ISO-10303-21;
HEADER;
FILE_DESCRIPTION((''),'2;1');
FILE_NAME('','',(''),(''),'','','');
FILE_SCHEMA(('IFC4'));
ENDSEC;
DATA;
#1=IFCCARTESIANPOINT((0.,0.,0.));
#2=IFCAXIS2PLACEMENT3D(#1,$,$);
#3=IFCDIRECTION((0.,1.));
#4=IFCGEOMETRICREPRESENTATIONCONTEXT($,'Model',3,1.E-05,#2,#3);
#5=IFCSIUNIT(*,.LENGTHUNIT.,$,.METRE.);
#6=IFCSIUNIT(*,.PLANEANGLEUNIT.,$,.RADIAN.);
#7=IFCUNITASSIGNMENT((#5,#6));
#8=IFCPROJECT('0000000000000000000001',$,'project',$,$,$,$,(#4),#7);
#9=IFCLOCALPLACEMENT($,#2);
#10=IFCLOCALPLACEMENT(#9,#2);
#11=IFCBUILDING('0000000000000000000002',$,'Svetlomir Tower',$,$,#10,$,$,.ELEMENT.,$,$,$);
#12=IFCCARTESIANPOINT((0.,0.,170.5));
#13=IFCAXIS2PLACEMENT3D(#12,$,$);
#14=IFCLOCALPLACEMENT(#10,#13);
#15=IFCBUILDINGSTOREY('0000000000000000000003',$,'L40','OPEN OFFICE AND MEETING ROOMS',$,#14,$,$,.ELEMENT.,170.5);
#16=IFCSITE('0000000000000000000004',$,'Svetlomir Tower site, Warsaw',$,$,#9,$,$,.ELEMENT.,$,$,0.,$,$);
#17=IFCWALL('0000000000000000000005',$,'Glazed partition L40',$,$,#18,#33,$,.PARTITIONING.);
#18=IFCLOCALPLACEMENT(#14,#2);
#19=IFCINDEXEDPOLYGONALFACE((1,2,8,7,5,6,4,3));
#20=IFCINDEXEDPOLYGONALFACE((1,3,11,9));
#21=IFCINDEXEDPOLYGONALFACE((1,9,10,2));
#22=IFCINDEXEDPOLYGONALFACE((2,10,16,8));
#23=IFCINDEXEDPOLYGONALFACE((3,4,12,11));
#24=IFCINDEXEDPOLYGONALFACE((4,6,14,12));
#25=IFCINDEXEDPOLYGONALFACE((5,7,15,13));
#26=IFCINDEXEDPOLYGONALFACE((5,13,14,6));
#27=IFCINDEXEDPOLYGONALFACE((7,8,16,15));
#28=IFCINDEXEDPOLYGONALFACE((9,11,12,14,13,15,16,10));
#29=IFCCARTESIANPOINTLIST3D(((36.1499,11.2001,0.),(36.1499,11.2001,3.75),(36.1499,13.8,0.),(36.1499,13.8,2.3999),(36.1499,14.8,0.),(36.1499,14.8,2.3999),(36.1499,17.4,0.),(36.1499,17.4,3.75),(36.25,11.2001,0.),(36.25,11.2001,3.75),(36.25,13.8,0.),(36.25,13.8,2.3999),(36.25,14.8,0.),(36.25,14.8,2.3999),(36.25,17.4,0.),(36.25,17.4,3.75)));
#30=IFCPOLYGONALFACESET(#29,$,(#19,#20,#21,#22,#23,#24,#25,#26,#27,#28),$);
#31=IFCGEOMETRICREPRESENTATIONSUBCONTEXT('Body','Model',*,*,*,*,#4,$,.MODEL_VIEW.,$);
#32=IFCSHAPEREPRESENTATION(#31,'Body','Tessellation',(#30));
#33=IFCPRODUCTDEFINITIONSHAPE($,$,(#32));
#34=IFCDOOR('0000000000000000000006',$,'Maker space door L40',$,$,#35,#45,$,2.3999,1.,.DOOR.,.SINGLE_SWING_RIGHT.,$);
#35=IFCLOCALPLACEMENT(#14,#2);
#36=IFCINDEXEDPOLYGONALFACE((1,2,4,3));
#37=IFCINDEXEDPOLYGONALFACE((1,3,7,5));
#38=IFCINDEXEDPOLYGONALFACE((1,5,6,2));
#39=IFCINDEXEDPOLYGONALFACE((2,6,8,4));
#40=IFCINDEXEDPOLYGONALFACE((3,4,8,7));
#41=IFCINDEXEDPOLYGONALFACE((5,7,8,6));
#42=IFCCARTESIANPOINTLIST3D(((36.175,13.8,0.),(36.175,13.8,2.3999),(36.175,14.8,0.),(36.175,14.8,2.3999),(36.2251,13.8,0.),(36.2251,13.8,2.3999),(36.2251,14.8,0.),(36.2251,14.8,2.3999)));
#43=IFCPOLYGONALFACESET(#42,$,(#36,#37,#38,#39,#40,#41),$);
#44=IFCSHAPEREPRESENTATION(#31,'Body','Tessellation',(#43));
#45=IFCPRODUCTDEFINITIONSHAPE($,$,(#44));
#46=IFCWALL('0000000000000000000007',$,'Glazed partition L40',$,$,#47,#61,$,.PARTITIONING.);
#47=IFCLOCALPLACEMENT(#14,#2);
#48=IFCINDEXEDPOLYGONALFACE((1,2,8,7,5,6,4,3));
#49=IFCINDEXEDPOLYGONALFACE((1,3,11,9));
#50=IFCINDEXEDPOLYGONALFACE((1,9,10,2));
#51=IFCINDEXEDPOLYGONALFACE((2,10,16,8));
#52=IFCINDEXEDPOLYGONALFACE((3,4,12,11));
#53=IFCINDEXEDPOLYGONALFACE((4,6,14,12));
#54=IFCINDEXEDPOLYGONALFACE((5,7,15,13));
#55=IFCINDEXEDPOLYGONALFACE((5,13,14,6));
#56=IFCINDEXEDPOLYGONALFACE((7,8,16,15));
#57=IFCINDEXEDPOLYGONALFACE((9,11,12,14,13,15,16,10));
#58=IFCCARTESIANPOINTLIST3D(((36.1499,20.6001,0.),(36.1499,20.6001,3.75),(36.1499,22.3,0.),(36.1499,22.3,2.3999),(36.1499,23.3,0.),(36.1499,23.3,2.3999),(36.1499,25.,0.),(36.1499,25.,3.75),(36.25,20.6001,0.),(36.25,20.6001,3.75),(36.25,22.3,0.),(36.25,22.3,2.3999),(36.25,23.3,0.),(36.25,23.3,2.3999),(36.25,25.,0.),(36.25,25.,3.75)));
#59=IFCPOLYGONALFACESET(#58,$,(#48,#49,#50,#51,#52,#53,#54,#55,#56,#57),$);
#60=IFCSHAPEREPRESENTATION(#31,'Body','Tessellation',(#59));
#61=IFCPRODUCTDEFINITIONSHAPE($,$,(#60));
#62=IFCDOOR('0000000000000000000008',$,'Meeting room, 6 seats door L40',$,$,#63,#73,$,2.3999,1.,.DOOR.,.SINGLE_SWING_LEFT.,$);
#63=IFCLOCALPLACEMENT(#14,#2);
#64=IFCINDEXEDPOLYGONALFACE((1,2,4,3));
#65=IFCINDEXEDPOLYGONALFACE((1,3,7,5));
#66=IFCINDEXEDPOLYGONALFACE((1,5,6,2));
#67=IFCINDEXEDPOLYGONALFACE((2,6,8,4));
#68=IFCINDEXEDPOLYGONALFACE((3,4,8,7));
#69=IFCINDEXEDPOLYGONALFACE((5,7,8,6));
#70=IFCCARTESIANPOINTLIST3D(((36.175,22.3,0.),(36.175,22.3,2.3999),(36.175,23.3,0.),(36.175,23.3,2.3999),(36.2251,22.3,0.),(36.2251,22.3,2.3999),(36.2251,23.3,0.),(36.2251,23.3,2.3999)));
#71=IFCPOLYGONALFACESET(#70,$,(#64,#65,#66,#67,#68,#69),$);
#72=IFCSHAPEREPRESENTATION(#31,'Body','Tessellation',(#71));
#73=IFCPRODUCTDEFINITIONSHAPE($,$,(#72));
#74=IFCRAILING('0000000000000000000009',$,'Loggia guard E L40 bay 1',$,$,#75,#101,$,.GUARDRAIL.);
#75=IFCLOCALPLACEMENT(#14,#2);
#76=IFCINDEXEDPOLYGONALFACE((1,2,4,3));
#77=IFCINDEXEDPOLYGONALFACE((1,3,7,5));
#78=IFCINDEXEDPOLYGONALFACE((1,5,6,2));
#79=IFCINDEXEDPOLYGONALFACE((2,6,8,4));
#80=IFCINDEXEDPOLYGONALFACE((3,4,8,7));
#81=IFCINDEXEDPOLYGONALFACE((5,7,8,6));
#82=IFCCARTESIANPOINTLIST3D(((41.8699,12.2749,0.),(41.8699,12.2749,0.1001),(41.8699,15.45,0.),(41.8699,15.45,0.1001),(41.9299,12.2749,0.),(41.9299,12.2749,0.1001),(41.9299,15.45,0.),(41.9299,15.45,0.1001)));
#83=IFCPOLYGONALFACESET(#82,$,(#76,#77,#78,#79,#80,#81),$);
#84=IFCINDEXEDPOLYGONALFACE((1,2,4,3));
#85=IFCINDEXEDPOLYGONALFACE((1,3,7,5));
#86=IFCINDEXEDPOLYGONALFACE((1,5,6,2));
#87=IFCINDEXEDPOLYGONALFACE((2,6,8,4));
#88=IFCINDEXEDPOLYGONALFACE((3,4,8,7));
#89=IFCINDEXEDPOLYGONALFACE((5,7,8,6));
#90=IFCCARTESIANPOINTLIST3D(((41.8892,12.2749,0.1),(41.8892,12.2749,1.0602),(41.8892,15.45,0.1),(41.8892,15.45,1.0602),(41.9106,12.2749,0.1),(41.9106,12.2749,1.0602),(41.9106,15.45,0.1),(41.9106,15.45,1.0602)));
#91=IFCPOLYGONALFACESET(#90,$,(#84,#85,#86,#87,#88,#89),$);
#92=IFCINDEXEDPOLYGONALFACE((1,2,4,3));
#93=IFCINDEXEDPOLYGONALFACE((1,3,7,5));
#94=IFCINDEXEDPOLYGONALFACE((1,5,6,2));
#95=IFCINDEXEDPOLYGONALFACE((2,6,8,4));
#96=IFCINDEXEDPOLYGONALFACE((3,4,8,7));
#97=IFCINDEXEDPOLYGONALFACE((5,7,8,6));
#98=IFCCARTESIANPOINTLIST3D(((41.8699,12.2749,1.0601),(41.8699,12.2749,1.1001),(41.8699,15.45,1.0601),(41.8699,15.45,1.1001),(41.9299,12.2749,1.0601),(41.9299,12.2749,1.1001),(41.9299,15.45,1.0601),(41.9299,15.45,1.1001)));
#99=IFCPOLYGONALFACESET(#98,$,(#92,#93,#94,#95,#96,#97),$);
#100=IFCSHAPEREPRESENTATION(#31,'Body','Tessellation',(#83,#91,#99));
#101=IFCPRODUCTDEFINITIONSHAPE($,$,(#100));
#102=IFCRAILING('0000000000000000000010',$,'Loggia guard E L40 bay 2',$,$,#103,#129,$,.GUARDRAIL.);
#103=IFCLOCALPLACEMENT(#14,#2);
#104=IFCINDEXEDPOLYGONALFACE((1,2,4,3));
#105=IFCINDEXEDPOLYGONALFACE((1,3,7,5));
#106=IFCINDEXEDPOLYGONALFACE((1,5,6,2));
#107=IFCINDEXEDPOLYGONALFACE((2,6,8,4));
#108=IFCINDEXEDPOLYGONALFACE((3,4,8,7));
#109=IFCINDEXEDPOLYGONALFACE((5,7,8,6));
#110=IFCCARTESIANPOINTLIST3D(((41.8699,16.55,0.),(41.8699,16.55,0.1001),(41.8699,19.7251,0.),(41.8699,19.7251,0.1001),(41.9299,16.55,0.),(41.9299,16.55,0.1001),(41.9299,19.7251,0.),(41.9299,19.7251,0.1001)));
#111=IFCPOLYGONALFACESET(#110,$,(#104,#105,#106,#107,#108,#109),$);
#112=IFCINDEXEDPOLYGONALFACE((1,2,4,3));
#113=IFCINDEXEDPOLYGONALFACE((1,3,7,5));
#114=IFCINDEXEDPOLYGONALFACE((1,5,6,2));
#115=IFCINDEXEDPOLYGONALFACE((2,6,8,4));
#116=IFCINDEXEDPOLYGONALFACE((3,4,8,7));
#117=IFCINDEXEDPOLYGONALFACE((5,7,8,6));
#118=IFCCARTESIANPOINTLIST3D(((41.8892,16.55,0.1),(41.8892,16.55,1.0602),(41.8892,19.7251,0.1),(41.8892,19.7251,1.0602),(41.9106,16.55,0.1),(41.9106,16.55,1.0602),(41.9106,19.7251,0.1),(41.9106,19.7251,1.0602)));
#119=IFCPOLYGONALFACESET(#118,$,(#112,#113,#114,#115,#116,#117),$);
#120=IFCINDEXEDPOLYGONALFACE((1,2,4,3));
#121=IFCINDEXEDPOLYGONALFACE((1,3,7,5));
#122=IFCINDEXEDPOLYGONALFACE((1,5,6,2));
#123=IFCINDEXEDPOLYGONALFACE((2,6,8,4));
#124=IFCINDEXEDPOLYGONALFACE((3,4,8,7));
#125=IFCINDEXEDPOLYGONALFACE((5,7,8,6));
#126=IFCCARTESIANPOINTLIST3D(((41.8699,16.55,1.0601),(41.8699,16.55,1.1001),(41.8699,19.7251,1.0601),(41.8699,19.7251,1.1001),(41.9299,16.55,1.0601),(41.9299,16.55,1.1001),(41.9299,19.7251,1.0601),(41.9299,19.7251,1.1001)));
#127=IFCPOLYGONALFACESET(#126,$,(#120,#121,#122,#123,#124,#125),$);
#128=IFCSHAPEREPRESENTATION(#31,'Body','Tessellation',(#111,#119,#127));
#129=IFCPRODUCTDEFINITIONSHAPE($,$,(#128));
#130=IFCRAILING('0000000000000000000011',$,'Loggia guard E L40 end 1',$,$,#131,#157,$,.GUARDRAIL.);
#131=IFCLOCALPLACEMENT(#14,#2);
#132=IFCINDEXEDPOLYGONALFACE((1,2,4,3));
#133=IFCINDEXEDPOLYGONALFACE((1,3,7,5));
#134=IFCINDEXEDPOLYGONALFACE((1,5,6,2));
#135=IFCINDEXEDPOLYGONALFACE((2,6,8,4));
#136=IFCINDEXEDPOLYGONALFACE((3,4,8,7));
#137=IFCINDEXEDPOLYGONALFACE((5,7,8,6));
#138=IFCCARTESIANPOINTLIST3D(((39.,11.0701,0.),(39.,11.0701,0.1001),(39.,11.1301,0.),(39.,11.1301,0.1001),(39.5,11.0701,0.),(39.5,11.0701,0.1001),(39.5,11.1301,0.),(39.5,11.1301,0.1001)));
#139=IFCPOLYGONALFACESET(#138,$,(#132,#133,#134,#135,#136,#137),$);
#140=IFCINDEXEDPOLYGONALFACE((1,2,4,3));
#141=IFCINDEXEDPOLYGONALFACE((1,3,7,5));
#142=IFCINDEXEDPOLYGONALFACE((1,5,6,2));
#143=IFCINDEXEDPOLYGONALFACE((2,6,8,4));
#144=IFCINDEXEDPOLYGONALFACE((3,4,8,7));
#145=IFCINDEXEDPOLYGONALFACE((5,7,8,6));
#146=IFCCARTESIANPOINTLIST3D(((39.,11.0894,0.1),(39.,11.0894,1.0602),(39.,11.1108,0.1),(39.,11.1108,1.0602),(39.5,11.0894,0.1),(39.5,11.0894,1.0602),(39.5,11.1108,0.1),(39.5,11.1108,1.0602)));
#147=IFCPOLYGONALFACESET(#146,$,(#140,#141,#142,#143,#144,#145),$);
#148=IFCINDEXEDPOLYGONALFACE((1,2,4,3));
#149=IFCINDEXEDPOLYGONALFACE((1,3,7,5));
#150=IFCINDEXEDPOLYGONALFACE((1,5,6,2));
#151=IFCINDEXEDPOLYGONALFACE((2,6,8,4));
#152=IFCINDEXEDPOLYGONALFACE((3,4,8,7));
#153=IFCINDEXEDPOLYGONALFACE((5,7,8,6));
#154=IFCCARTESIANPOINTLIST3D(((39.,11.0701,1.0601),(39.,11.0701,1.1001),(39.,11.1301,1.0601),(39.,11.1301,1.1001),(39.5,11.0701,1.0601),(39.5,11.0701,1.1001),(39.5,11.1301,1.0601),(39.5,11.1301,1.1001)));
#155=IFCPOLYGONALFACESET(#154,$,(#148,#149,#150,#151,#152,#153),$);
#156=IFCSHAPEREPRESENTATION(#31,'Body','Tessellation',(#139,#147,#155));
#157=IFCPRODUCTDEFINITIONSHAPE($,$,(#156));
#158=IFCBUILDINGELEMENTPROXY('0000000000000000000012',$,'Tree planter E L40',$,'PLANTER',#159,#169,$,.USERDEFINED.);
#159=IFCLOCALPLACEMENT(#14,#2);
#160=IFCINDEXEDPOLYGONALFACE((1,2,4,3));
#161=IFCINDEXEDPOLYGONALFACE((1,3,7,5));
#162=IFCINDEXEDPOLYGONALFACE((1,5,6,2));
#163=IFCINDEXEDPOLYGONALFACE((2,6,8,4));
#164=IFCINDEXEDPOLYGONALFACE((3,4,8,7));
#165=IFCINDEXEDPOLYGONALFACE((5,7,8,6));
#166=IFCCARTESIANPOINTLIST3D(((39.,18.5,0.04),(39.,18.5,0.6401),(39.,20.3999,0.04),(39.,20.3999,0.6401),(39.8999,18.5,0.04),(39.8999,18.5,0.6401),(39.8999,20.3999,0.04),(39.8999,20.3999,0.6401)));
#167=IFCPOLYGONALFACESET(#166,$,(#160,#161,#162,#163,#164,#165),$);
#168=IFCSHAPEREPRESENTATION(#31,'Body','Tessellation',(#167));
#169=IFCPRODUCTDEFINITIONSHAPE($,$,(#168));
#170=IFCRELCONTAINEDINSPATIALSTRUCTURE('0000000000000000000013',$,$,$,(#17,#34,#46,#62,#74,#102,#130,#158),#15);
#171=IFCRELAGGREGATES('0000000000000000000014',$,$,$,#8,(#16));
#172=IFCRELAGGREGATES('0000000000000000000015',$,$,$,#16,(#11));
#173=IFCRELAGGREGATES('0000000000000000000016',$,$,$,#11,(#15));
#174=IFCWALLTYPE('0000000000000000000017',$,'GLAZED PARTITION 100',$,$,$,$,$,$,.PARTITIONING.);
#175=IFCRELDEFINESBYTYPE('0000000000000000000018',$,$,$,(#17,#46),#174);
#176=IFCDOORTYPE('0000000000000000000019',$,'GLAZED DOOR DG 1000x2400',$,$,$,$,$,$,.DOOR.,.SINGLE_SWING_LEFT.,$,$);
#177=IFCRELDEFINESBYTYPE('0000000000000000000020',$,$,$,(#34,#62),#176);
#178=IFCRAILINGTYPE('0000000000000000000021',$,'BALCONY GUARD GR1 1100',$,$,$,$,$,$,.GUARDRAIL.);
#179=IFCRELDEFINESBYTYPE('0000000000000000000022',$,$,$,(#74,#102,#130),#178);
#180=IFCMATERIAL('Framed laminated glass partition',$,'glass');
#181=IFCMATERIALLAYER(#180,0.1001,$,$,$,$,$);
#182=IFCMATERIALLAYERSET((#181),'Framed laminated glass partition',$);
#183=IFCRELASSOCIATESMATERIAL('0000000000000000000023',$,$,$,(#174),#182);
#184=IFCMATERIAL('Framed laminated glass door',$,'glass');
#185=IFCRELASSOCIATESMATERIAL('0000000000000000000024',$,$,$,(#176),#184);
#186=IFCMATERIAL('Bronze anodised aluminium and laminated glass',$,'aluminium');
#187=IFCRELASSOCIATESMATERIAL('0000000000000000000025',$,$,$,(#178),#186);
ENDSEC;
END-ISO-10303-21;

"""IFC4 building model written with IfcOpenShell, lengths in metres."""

from ifc_helpers import new_model, si_unit, direction, frame, frame_2d, origin, origin_2d, place, context, subcontext, project, spatial, rectangle, extrude, material, layer, layer_set, type_object, element, fill, save


model = new_model("IFC4")

# Units and contexts
model_context = context("Model", 3, precision=1e-05, world=origin(), true_north=direction((0.0, 1.0)))
body_context = subcontext(model_context, "Body", "Model", "MODEL_VIEW")
ifc_project = project(units=[si_unit("LENGTHUNIT", "METRE"), si_unit("PLANEANGLEUNIT", "RADIAN")], contexts=[model_context])

# Site, building, storey
site_placement = place(None, origin())
site = spatial("IfcSite", under=ifc_project, at=site_placement, Name="Svetlomir Tower site, Warsaw", CompositionType="ELEMENT", RefElevation=0.0)
building_placement = place(site_placement, origin())
building = spatial("IfcBuilding", under=site, at=building_placement, Name="Svetlomir Tower", CompositionType="ELEMENT")
storey_placement = place(building_placement, frame((0.0, 0.0, 170.5)))
storey = spatial("IfcBuildingStorey", under=building, at=storey_placement, Name="L40", Description="OPEN OFFICE AND MEETING ROOMS", CompositionType="ELEMENT", Elevation=170.5)

# Shared definitions
ifc_material_1 = material(Name="Framed laminated glass partition", Category="glass")
ifc_layer_1 = layer(ifc_material_1, 0.1001)
ifc_layer_set_1 = layer_set([ifc_layer_1], Name="Framed laminated glass partition")
wall_type_1 = type_object("IfcWallType", Name="GLAZED PARTITION 100", PredefinedType="PARTITIONING", material=ifc_layer_set_1)

# Walls, openings, doors
wall_1_placement = place(storey_placement, frame((36.2, 11.2, 0.0), z_axis=(0.0, 0.0, 1.0), x_axis=(0.0, 1.0, 0.0)))
wall_1 = element("IfcWall", 1, at=wall_1_placement, inside=storey, type_object=wall_type_1, Name="Glazed partition L40", PredefinedType="PARTITIONING", context=body_context, shape_type="SweptSolid", body=[
    extrude(rectangle(XDim=6.2, YDim=0.1001, at=frame_2d((3.1001, 0.0))), origin(), (0.0, 0.0, 1.0), 3.75),
])
opening_1_placement = place(wall_1_placement, frame((2.6001, 0.0, 0.0)))
opening_1 = element("IfcOpeningElement", 2, at=opening_1_placement, cuts=wall_1, PredefinedType="OPENING", context=body_context, shape_type="SweptSolid", body=[
    extrude(rectangle(XDim=1.0, YDim=2.3999, at=frame_2d((0.5, 1.2))), frame((0.0, 0.0601, 0.0), z_axis=(0.0, -1.0, 0.0), x_axis=(1.0, 0.0, 0.0)), (0.0, 0.0, 1.0), 0.1201),
])
ifc_material_2 = material(Name="Framed laminated glass door", Category="glass")
door_type_1 = type_object("IfcDoorType", Name="GLAZED DOOR DG 1000x2400", OperationType="SINGLE_SWING_LEFT", PredefinedType="DOOR", material=ifc_material_2)
door_1_placement = place(opening_1_placement, origin())
door_1 = element("IfcDoor", 3, at=door_1_placement, inside=storey, type_object=door_type_1, Name="Maker space door L40", OperationType="SINGLE_SWING_RIGHT", OverallHeight=2.3999, OverallWidth=1.0, PredefinedType="DOOR", context=body_context, shape_type="SweptSolid", body=[
    extrude(rectangle(XDim=1.0, YDim=2.3999, at=frame_2d((0.5, 1.2))), frame((0.0, 0.0249, 0.0), z_axis=(0.0, -1.0, 0.0), x_axis=(1.0, 0.0, 0.0)), (0.0, 0.0, 1.0), 0.05),
])
fill(opening_1, door_1)
wall_2_placement = place(storey_placement, frame((36.2, 20.6001, 0.0), z_axis=(0.0, 0.0, 1.0), x_axis=(0.0, 1.0, 0.0)))
wall_2 = element("IfcWall", 4, at=wall_2_placement, inside=storey, type_object=wall_type_1, Name="Glazed partition L40", PredefinedType="PARTITIONING", context=body_context, shape_type="SweptSolid", body=[
    extrude(rectangle(XDim=4.3999, YDim=0.1001, at=frame_2d((2.2, 0.0))), origin(), (0.0, 0.0, 1.0), 3.75),
])
opening_2_placement = place(wall_2_placement, frame((1.7, 0.0, 0.0)))
opening_2 = element("IfcOpeningElement", 5, at=opening_2_placement, cuts=wall_2, PredefinedType="OPENING", context=body_context, shape_type="SweptSolid", body=[
    extrude(rectangle(XDim=1.0, YDim=2.3999, at=frame_2d((0.5, 1.2))), frame((0.0, 0.0601, 0.0), z_axis=(0.0, -1.0, 0.0), x_axis=(1.0, 0.0, 0.0)), (0.0, 0.0, 1.0), 0.1201),
])
door_2_placement = place(opening_2_placement, origin())
door_2 = element("IfcDoor", 6, at=door_2_placement, inside=storey, type_object=door_type_1, Name="Meeting room, 6 seats door L40", OperationType="SINGLE_SWING_LEFT", OverallHeight=2.3999, OverallWidth=1.0, PredefinedType="DOOR", context=body_context, shape_type="SweptSolid", body=[
    extrude(rectangle(XDim=1.0, YDim=2.3999, at=frame_2d((0.5, 1.2))), frame((0.0, 0.0249, 0.0), z_axis=(0.0, -1.0, 0.0), x_axis=(1.0, 0.0, 0.0)), (0.0, 0.0, 1.0), 0.05),
])
fill(opening_2, door_2)

# Railings
ifc_material_3 = material(Name="Bronze anodised aluminium and laminated glass", Category="aluminium")
railing_type = type_object("IfcRailingType", Name="BALCONY GUARD GR1 1100", PredefinedType="GUARDRAIL", material=ifc_material_3)
for number, where, name in (
    (7, (41.8999, 12.2749, 0.0), "Loggia guard E L40 bay 1"),
    (8, (41.8999, 16.55, 0.0), "Loggia guard E L40 bay 2"),
):
    element("IfcRailing", number, at=place(storey_placement, frame(where)), inside=storey, type_object=railing_type, Name=name, PredefinedType="GUARDRAIL", context=body_context, shape_type="SweptSolid", body=[
        extrude(rectangle(XDim=0.0601, YDim=0.1001, at=origin_2d()), frame((0.0, 0.0, 0.05), z_axis=(0.0, 1.0, 0.0), x_axis=(-1.0, 0.0, 0.0)), (0.0, 0.0, 1.0), 3.175),
        extrude(rectangle(XDim=0.0215, YDim=0.9602, at=origin_2d()), frame((0.0, 0.0, 0.5801), z_axis=(0.0, 1.0, 0.0), x_axis=(-1.0, 0.0, 0.0)), (0.0, 0.0, 1.0), 3.175),
        extrude(rectangle(XDim=0.0601, YDim=0.04, at=origin_2d()), frame((0.0, 0.0, 1.0801), z_axis=(0.0, 1.0, 0.0), x_axis=(-1.0, 0.0, 0.0)), (0.0, 0.0, 1.0), 3.175),
    ])
railing_placement = place(storey_placement, frame((39.5, 11.1001, 0.0)))
element("IfcRailing", 9, at=railing_placement, inside=storey, type_object=railing_type, Name="Loggia guard E L40 end 1", PredefinedType="GUARDRAIL", context=body_context, shape_type="SweptSolid", body=[
    extrude(rectangle(XDim=0.0601, YDim=0.1001, at=origin_2d()), frame((0.0, 0.0, 0.05), z_axis=(-1.0, 0.0, 0.0), x_axis=(0.0, -1.0, 0.0)), (0.0, 0.0, 1.0), 0.5),
    extrude(rectangle(XDim=0.0215, YDim=0.9602, at=origin_2d()), frame((0.0, 0.0, 0.5801), z_axis=(-1.0, 0.0, 0.0), x_axis=(0.0, -1.0, 0.0)), (0.0, 0.0, 1.0), 0.5),
    extrude(rectangle(XDim=0.0601, YDim=0.04, at=origin_2d()), frame((0.0, 0.0, 1.0801), z_axis=(-1.0, 0.0, 0.0), x_axis=(0.0, -1.0, 0.0)), (0.0, 0.0, 1.0), 0.5),
])

# Building element proxy
proxy_placement = place(storey_placement, frame((39.45, 19.45, 0.04), z_axis=(0.0, 0.0, 1.0), x_axis=(1.0, 0.0, 0.0)))
element("IfcBuildingElementProxy", 10, at=proxy_placement, inside=storey, Name="Tree planter E L40", ObjectType="PLANTER", PredefinedType="USERDEFINED", context=body_context, shape_type="SweptSolid", body=[
    extrude(rectangle(XDim=0.8999, YDim=1.8999, at=origin_2d()), origin(), (0.0, 0.0, 1.0), 0.6001),
])

save(model, "model.ifc")
